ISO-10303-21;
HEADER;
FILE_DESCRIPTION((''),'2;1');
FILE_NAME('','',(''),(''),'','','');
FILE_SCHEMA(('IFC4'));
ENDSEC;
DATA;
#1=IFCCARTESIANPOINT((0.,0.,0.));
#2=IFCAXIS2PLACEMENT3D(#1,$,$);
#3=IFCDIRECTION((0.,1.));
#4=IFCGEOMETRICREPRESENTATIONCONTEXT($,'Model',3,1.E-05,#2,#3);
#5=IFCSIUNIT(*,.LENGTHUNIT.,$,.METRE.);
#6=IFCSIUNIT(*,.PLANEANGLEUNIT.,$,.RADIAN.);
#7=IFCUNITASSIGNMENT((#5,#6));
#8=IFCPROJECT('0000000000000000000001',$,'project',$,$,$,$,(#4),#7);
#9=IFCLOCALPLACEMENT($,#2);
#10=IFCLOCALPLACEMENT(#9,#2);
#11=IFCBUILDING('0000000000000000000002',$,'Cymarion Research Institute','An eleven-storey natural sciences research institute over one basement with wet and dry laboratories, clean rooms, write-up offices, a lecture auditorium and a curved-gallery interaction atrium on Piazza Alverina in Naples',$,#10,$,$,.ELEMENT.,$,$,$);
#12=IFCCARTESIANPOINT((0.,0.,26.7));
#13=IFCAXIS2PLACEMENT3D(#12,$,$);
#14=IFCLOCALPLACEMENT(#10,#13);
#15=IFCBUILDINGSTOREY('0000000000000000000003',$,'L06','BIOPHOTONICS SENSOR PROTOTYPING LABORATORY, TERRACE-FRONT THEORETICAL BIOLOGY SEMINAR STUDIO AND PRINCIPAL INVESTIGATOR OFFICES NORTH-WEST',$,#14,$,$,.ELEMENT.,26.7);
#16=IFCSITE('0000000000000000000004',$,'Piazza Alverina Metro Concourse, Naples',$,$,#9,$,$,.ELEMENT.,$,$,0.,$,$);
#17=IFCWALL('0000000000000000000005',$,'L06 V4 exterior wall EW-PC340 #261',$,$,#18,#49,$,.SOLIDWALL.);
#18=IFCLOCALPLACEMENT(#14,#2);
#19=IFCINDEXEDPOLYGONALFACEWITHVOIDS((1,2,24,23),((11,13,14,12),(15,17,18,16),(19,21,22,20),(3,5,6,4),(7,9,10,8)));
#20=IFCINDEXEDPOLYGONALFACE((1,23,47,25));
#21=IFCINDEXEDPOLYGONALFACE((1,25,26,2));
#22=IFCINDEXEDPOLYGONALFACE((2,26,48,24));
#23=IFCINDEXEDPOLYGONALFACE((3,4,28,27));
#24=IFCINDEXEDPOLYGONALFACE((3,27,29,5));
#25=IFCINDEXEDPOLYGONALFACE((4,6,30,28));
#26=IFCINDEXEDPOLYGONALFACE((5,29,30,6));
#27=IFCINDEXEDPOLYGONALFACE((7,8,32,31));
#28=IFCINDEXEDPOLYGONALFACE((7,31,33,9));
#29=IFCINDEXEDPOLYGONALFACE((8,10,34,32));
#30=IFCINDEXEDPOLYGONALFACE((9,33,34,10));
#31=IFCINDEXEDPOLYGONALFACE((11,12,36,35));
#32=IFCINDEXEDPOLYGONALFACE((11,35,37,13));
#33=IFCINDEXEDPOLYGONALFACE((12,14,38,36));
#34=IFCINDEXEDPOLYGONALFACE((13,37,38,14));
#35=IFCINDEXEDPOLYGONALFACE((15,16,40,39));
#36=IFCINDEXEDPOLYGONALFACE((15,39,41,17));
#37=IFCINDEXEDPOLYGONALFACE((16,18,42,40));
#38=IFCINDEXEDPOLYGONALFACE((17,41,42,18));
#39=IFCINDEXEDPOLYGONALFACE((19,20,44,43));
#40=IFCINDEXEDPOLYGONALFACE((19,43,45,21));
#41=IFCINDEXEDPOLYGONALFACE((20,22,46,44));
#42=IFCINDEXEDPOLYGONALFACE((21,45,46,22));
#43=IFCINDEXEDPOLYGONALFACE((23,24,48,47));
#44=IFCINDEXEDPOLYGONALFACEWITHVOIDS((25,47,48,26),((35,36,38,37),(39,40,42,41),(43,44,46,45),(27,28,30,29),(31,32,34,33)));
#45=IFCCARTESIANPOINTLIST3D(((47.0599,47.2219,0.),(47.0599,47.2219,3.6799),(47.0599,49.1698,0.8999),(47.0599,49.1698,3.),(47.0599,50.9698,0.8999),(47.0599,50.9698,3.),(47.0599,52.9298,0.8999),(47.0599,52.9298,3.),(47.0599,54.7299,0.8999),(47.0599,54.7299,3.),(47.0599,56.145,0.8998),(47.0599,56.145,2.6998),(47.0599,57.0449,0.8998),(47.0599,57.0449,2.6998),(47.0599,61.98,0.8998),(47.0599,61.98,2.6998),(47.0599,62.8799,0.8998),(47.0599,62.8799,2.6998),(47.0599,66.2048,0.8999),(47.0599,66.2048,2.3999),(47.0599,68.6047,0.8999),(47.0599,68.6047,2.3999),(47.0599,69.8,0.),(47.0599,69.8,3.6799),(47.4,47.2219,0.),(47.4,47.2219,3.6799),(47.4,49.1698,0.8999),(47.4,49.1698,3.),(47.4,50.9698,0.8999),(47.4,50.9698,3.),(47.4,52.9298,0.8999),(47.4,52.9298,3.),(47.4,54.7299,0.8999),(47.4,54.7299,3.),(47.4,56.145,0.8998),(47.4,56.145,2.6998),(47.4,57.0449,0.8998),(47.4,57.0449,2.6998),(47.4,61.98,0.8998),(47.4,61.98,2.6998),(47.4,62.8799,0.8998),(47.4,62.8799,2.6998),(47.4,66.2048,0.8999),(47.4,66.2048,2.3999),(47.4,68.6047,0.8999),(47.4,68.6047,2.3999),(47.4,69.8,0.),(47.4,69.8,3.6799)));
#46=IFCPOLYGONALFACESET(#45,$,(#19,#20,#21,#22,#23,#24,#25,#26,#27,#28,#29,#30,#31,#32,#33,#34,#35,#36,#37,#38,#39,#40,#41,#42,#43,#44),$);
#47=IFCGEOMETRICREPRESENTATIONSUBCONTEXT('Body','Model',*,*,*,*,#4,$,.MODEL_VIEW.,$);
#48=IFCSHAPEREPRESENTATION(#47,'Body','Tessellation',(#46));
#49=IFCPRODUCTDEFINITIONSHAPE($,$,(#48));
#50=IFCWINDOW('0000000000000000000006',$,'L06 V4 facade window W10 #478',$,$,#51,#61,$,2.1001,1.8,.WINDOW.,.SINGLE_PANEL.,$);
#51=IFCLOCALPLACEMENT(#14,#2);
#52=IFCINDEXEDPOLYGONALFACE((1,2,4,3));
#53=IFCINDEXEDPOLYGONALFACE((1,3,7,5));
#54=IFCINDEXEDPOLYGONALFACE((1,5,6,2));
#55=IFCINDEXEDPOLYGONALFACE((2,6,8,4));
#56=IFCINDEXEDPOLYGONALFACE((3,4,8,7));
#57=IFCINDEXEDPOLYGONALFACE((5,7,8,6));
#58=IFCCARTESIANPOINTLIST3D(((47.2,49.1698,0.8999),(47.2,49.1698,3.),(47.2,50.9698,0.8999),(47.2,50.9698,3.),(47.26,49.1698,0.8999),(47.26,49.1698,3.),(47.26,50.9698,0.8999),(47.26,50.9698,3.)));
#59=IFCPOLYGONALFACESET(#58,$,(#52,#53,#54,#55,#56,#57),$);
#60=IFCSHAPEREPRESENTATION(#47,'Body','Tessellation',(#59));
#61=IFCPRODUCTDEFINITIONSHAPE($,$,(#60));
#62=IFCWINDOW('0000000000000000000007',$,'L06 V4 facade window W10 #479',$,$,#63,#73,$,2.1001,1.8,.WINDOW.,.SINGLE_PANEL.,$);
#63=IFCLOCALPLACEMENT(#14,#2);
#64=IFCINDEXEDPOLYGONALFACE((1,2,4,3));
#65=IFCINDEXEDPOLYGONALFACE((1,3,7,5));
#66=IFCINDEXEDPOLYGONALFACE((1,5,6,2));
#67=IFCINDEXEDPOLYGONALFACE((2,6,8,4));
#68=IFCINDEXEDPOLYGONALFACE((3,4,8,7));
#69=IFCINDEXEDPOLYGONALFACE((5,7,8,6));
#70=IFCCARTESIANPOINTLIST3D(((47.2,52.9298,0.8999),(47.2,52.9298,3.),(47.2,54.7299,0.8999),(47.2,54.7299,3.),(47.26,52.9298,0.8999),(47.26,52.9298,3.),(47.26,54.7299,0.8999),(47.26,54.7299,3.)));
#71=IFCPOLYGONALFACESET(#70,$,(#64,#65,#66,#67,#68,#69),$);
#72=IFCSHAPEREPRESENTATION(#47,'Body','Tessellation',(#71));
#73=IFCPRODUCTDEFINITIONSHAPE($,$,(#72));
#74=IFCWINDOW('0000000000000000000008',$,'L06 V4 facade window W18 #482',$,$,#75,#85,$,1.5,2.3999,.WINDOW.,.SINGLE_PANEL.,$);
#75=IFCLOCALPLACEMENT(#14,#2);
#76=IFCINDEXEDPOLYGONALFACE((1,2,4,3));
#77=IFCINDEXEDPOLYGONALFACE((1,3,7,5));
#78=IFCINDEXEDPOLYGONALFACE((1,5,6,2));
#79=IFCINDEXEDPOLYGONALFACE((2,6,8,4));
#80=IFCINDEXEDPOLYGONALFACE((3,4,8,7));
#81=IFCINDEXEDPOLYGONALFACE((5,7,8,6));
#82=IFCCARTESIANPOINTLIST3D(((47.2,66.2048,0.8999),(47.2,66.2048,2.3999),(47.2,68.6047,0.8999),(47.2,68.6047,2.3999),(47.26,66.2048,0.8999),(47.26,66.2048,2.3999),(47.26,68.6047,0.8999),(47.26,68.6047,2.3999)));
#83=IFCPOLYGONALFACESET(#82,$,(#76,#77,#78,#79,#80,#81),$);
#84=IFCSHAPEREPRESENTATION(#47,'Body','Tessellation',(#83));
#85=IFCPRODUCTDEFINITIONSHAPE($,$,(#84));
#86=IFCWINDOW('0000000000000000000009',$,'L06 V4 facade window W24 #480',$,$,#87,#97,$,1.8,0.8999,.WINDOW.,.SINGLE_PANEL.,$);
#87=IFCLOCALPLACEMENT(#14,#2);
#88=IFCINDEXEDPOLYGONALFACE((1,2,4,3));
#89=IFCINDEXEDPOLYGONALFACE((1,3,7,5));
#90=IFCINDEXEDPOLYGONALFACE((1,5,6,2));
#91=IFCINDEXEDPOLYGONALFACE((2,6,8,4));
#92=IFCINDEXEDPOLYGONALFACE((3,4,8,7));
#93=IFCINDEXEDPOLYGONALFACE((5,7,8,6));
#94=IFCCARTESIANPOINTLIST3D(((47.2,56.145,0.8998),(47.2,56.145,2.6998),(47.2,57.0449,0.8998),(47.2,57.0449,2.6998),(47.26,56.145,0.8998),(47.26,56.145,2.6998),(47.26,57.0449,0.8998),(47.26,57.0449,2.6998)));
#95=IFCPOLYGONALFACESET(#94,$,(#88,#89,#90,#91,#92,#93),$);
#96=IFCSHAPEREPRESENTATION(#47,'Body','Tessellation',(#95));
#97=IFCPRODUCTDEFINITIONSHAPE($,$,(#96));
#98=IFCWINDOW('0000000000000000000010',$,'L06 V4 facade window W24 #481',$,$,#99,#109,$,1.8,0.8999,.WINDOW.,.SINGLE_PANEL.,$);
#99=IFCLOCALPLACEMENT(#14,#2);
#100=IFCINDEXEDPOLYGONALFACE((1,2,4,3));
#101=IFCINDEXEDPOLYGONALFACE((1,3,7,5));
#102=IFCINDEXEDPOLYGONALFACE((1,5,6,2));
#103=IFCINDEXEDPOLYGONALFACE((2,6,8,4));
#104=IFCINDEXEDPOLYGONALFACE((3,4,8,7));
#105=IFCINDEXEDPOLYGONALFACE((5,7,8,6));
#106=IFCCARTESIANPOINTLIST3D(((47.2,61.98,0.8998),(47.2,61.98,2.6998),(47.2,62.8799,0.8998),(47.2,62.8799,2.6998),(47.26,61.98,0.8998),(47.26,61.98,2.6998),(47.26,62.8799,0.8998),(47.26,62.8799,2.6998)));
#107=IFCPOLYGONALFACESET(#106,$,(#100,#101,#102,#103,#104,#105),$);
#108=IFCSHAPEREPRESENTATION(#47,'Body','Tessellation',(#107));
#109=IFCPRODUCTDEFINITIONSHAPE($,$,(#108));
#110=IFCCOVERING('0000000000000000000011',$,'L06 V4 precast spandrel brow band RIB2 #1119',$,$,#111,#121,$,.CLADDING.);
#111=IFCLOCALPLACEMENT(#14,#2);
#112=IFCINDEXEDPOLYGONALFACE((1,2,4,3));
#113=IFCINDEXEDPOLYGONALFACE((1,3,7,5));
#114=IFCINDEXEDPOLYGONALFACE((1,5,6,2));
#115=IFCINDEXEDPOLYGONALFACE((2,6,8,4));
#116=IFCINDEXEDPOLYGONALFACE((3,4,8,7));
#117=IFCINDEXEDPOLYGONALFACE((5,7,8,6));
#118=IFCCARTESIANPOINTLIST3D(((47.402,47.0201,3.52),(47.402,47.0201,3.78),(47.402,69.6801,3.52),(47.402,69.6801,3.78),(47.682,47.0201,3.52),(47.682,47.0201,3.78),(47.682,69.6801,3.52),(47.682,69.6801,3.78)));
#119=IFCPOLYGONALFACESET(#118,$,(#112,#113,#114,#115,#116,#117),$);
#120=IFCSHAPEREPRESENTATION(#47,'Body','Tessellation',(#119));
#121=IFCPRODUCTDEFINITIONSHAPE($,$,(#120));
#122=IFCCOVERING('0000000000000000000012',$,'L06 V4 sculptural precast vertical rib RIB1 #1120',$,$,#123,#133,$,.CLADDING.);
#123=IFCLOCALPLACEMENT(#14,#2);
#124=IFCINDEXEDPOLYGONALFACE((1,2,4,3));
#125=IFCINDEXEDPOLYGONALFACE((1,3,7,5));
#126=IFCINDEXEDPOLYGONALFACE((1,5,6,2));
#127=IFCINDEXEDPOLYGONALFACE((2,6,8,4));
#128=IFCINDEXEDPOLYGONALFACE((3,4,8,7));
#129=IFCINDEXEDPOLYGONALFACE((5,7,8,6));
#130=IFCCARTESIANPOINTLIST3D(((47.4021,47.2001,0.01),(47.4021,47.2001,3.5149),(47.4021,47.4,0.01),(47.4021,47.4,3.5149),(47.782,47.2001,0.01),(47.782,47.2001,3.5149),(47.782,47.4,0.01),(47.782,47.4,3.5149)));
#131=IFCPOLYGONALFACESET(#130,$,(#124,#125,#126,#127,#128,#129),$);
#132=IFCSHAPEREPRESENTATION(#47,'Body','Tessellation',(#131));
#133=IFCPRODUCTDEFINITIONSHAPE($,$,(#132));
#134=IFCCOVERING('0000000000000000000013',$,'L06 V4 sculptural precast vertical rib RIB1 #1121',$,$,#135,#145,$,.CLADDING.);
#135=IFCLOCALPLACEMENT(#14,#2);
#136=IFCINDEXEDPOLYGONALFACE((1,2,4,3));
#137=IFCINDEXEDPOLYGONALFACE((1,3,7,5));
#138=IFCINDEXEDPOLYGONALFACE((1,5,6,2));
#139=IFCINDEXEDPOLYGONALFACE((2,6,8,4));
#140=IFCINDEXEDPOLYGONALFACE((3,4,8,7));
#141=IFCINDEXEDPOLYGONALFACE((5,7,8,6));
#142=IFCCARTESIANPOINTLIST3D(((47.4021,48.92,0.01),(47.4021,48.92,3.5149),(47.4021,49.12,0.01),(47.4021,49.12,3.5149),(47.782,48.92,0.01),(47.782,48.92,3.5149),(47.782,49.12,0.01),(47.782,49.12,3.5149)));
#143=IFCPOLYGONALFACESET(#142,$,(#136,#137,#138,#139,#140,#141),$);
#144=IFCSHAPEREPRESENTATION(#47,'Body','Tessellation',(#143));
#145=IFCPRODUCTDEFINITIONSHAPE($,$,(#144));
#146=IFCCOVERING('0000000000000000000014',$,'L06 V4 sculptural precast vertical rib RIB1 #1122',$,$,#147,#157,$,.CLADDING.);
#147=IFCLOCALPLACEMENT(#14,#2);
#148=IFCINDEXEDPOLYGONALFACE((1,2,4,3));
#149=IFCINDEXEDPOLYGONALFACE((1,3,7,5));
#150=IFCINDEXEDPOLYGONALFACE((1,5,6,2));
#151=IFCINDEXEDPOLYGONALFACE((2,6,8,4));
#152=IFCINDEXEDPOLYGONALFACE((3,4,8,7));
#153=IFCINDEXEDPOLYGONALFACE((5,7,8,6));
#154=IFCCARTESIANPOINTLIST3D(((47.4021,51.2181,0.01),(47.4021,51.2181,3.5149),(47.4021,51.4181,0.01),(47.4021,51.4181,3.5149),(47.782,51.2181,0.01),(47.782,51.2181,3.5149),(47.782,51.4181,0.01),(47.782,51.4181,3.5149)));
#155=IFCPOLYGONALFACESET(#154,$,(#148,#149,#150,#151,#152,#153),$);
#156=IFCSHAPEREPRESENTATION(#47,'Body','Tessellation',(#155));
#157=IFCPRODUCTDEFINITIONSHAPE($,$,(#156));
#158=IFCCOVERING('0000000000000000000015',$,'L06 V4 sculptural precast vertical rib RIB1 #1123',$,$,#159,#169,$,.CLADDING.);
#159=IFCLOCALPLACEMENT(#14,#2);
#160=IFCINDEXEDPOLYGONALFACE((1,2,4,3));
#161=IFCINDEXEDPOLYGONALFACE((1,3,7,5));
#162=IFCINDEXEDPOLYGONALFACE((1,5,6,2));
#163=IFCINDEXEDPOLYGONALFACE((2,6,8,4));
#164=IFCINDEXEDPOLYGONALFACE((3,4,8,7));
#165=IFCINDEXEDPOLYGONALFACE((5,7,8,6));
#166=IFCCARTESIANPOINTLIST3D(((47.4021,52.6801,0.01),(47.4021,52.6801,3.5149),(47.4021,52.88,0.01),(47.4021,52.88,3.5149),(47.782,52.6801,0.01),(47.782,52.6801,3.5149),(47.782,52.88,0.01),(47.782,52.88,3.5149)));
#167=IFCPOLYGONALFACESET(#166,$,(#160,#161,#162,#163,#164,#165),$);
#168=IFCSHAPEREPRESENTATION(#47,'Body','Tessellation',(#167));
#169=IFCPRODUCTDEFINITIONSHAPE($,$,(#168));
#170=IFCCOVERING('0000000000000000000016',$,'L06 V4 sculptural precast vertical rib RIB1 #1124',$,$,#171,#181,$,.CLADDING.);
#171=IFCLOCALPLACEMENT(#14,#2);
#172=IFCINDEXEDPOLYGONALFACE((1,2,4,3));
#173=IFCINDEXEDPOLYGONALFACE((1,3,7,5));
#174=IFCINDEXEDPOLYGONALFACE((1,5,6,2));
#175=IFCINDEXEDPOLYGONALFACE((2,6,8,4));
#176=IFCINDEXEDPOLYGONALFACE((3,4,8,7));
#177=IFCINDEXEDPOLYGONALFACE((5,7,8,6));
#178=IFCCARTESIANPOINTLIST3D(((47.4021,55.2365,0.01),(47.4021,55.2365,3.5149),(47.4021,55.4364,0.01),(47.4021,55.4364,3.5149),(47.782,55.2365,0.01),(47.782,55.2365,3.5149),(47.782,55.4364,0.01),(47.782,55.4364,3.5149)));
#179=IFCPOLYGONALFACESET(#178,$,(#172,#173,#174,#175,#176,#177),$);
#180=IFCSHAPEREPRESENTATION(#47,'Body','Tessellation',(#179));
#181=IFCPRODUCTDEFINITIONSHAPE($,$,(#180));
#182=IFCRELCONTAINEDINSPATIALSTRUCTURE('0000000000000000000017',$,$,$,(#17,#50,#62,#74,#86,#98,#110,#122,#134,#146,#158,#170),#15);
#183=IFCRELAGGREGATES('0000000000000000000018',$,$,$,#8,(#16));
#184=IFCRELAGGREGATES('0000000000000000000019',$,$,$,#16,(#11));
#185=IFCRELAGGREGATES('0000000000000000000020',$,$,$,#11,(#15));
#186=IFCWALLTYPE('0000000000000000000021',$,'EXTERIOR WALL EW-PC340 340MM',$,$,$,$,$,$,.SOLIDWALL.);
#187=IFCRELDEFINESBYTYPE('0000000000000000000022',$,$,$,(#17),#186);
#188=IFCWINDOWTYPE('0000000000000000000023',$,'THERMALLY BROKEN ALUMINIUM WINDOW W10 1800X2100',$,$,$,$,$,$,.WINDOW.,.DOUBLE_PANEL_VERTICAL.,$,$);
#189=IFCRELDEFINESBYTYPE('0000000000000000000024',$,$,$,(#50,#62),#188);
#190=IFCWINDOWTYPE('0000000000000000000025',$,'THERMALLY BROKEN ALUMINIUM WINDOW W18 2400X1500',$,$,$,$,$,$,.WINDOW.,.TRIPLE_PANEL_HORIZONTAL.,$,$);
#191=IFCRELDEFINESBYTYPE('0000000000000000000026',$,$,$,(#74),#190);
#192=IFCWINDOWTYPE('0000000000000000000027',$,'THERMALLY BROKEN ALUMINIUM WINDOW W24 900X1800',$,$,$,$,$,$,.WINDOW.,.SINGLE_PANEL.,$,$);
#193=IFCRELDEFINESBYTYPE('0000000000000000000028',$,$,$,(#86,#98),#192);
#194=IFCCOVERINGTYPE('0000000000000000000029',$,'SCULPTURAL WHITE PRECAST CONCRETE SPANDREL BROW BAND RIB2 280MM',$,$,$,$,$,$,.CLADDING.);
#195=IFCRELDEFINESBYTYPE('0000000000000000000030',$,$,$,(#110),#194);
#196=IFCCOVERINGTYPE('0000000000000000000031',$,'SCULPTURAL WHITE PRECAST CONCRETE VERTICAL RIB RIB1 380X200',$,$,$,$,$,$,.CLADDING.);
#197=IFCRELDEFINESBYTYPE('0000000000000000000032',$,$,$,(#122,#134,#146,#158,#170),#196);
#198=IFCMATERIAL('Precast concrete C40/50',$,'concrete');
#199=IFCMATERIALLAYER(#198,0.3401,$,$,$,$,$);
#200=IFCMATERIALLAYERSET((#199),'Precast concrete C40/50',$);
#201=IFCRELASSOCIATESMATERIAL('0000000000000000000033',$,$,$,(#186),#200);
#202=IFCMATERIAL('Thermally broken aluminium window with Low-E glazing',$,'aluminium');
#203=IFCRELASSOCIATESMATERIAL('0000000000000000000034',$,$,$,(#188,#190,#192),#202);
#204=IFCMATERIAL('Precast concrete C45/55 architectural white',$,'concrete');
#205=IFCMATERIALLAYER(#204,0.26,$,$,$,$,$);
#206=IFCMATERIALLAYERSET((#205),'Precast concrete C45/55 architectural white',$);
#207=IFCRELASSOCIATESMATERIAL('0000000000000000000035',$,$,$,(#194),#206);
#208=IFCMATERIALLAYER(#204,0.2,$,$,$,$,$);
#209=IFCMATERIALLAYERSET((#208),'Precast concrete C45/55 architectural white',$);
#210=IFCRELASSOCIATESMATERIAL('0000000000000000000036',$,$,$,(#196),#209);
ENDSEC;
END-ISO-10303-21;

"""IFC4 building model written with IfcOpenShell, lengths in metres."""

from ifc_helpers import new_model, si_unit, direction, frame, frame_2d, origin, origin_2d, place, context, subcontext, project, spatial, rectangle, extrude, material, layer, layer_set, type_object, element, fill, save


model = new_model("IFC4")

# Units and contexts
model_context = context("Model", 3, precision=1e-05, world=origin(), true_north=direction((0.0, 1.0)))
body_context = subcontext(model_context, "Body", "Model", "MODEL_VIEW")
ifc_project = project(units=[si_unit("LENGTHUNIT", "METRE"), si_unit("PLANEANGLEUNIT", "RADIAN")], contexts=[model_context])

# Site, building, storey
site_placement = place(None, origin())
site = spatial("IfcSite", under=ifc_project, at=site_placement, Name="Piazza Alverina Metro Concourse, Naples", CompositionType="ELEMENT", RefElevation=0.0)
building_placement = place(site_placement, origin())
building = spatial("IfcBuilding", under=site, at=building_placement, Name="Cymarion Research Institute", Description="An eleven-storey natural sciences research institute over one basement with wet and dry laboratories, clean rooms, write-up offices, a lecture auditorium and a curved-gallery interaction atrium on Piazza Alverina in Naples", CompositionType="ELEMENT")
storey_placement = place(building_placement, frame((0.0, 0.0, 26.7)))
storey = spatial("IfcBuildingStorey", under=building, at=storey_placement, Name="L06", Description="BIOPHOTONICS SENSOR PROTOTYPING LABORATORY, TERRACE-FRONT THEORETICAL BIOLOGY SEMINAR STUDIO AND PRINCIPAL INVESTIGATOR OFFICES NORTH-WEST", CompositionType="ELEMENT", Elevation=26.7)

# Wall, openings, windows
ifc_material_1 = material(Name="Precast concrete C40/50", Category="concrete")
ifc_layer_1 = layer(ifc_material_1, 0.3401)
ifc_layer_set_1 = layer_set([ifc_layer_1], Name="Precast concrete C40/50")
wall_type = type_object("IfcWallType", Name="EXTERIOR WALL EW-PC340 340MM", PredefinedType="SOLIDWALL", material=ifc_layer_set_1)
wall_placement = place(storey_placement, frame((47.23, 47.2219, 0.0), z_axis=(0.0, 0.0, 1.0), x_axis=(0.0, 1.0, 0.0)))
wall = element("IfcWall", 1, at=wall_placement, inside=storey, type_object=wall_type, Name="L06 V4 exterior wall EW-PC340 #261", PredefinedType="SOLIDWALL", context=body_context, shape_type="SweptSolid", body=[
    extrude(rectangle(XDim=22.5781, YDim=0.3401, at=frame_2d((11.2891, 0.0))), origin(), (0.0, 0.0, 1.0), 3.6799),
])
opening_1_placement = place(wall_placement, frame((1.948, 0.0, 0.8999)))
opening_1 = element("IfcOpeningElement", 2, at=opening_1_placement, cuts=wall, PredefinedType="OPENING", context=body_context, shape_type="SweptSolid", body=[
    extrude(rectangle(XDim=1.8, YDim=2.1001, at=frame_2d((0.8999, 1.05))), frame((0.0, 0.1799, 0.0), z_axis=(0.0, -1.0, 0.0), x_axis=(1.0, 0.0, 0.0)), (0.0, 0.0, 1.0), 0.3601),
])
opening_2_placement = place(wall_placement, frame((5.708, 0.0, 0.8999)))
opening_2 = element("IfcOpeningElement", 3, at=opening_2_placement, cuts=wall, PredefinedType="OPENING", context=body_context, shape_type="SweptSolid", body=[
    extrude(rectangle(XDim=1.8, YDim=2.1001, at=frame_2d((0.8999, 1.05))), frame((0.0, 0.1799, 0.0), z_axis=(0.0, -1.0, 0.0), x_axis=(1.0, 0.0, 0.0)), (0.0, 0.0, 1.0), 0.3601),
])
opening_3_placement = place(wall_placement, frame((8.9231, 0.0, 0.8999)))
opening_3 = element("IfcOpeningElement", 4, at=opening_3_placement, cuts=wall, PredefinedType="OPENING", context=body_context, shape_type="SweptSolid", body=[
    extrude(rectangle(XDim=0.8999, YDim=1.8, at=frame_2d((0.45, 0.8999))), frame((0.0, 0.1799, 0.0), z_axis=(0.0, -1.0, 0.0), x_axis=(1.0, 0.0, 0.0)), (0.0, 0.0, 1.0), 0.3601),
])
opening_4_placement = place(wall_placement, frame((14.7581, 0.0, 0.8999)))
opening_4 = element("IfcOpeningElement", 5, at=opening_4_placement, cuts=wall, PredefinedType="OPENING", context=body_context, shape_type="SweptSolid", body=[
    extrude(rectangle(XDim=0.8999, YDim=1.8, at=frame_2d((0.45, 0.8999))), frame((0.0, 0.1799, 0.0), z_axis=(0.0, -1.0, 0.0), x_axis=(1.0, 0.0, 0.0)), (0.0, 0.0, 1.0), 0.3601),
])
opening_5_placement = place(wall_placement, frame((18.9829, 0.0, 0.8999)))
opening_5 = element("IfcOpeningElement", 6, at=opening_5_placement, cuts=wall, PredefinedType="OPENING", context=body_context, shape_type="SweptSolid", body=[
    extrude(rectangle(XDim=2.3999, YDim=1.5, at=frame_2d((1.2, 0.75))), frame((0.0, 0.1799, 0.0), z_axis=(0.0, -1.0, 0.0), x_axis=(1.0, 0.0, 0.0)), (0.0, 0.0, 1.0), 0.3601),
])
ifc_material_2 = material(Name="Thermally broken aluminium window with Low-E glazing", Category="aluminium")
window_type_1 = type_object("IfcWindowType", Name="THERMALLY BROKEN ALUMINIUM WINDOW W10 1800X2100", PartitioningType="DOUBLE_PANEL_VERTICAL", PredefinedType="WINDOW", material=ifc_material_2)
window_1_placement = place(opening_1_placement, origin())
window_1 = element("IfcWindow", 7, at=window_1_placement, inside=storey, type_object=window_type_1, Name="L06 V4 facade window W10 #478", OverallHeight=2.1001, OverallWidth=1.8, PartitioningType="SINGLE_PANEL", PredefinedType="WINDOW", context=body_context, shape_type="SweptSolid", body=[
    extrude(rectangle(XDim=1.8, YDim=2.1001, at=frame_2d((0.8999, 1.05))), frame((0.0, 0.03, 0.0), z_axis=(0.0, -1.0, 0.0), x_axis=(1.0, 0.0, 0.0)), (0.0, 0.0, 1.0), 0.0601),
])
fill(opening_1, window_1)
window_2_placement = place(opening_2_placement, origin())
window_2 = element("IfcWindow", 8, at=window_2_placement, inside=storey, type_object=window_type_1, Name="L06 V4 facade window W10 #479", OverallHeight=2.1001, OverallWidth=1.8, PartitioningType="SINGLE_PANEL", PredefinedType="WINDOW", context=body_context, shape_type="SweptSolid", body=[
    extrude(rectangle(XDim=1.8, YDim=2.1001, at=frame_2d((0.8999, 1.05))), frame((0.0, 0.03, 0.0), z_axis=(0.0, -1.0, 0.0), x_axis=(1.0, 0.0, 0.0)), (0.0, 0.0, 1.0), 0.0601),
])
fill(opening_2, window_2)
window_type_2 = type_object("IfcWindowType", Name="THERMALLY BROKEN ALUMINIUM WINDOW W18 2400X1500", PartitioningType="TRIPLE_PANEL_HORIZONTAL", PredefinedType="WINDOW", material=ifc_material_2)
window_3_placement = place(opening_5_placement, origin())
window_3 = element("IfcWindow", 9, at=window_3_placement, inside=storey, type_object=window_type_2, Name="L06 V4 facade window W18 #482", OverallHeight=1.5, OverallWidth=2.3999, PartitioningType="SINGLE_PANEL", PredefinedType="WINDOW", context=body_context, shape_type="SweptSolid", body=[
    extrude(rectangle(XDim=2.3999, YDim=1.5, at=frame_2d((1.2, 0.75))), frame((0.0, 0.03, 0.0), z_axis=(0.0, -1.0, 0.0), x_axis=(1.0, 0.0, 0.0)), (0.0, 0.0, 1.0), 0.0601),
])
fill(opening_5, window_3)
window_type_3 = type_object("IfcWindowType", Name="THERMALLY BROKEN ALUMINIUM WINDOW W24 900X1800", PartitioningType="SINGLE_PANEL", PredefinedType="WINDOW", material=ifc_material_2)
window_4_placement = place(opening_3_placement, origin())
window_4 = element("IfcWindow", 10, at=window_4_placement, inside=storey, type_object=window_type_3, Name="L06 V4 facade window W24 #480", OverallHeight=1.8, OverallWidth=0.8999, PartitioningType="SINGLE_PANEL", PredefinedType="WINDOW", context=body_context, shape_type="SweptSolid", body=[
    extrude(rectangle(XDim=0.8999, YDim=1.8, at=frame_2d((0.45, 0.8999))), frame((0.0, 0.03, 0.0), z_axis=(0.0, -1.0, 0.0), x_axis=(1.0, 0.0, 0.0)), (0.0, 0.0, 1.0), 0.0601),
])
fill(opening_3, window_4)
window_5_placement = place(opening_4_placement, origin())
window_5 = element("IfcWindow", 11, at=window_5_placement, inside=storey, type_object=window_type_3, Name="L06 V4 facade window W24 #481", OverallHeight=1.8, OverallWidth=0.8999, PartitioningType="SINGLE_PANEL", PredefinedType="WINDOW", context=body_context, shape_type="SweptSolid", body=[
    extrude(rectangle(XDim=0.8999, YDim=1.8, at=frame_2d((0.45, 0.8999))), frame((0.0, 0.03, 0.0), z_axis=(0.0, -1.0, 0.0), x_axis=(1.0, 0.0, 0.0)), (0.0, 0.0, 1.0), 0.0601),
])
fill(opening_4, window_5)

# Coverings
ifc_material_3 = material(Name="Precast concrete C45/55 architectural white", Category="concrete")
ifc_layer_2 = layer(ifc_material_3, 0.26)
ifc_layer_set_2 = layer_set([ifc_layer_2], Name="Precast concrete C45/55 architectural white")
covering_type_1 = type_object("IfcCoveringType", Name="SCULPTURAL WHITE PRECAST CONCRETE SPANDREL BROW BAND RIB2 280MM", PredefinedType="CLADDING", material=ifc_layer_set_2)
covering_placement = place(storey_placement, frame((47.542, 58.3501, 3.52), z_axis=(0.0, 0.0, 1.0), x_axis=(1.0, 0.0, 0.0)))
element("IfcCovering", 12, at=covering_placement, inside=storey, type_object=covering_type_1, Name="L06 V4 precast spandrel brow band RIB2 #1119", PredefinedType="CLADDING", context=body_context, shape_type="SweptSolid", body=[
    extrude(rectangle(XDim=0.28, YDim=22.6599, at=origin_2d()), origin(), (0.0, 0.0, 1.0), 0.26),
])
ifc_layer_3 = layer(ifc_material_3, 0.2)
ifc_layer_set_3 = layer_set([ifc_layer_3], Name="Precast concrete C45/55 architectural white")
covering_type_2 = type_object("IfcCoveringType", Name="SCULPTURAL WHITE PRECAST CONCRETE VERTICAL RIB RIB1 380X200", PredefinedType="CLADDING", material=ifc_layer_set_3)
for number, where, z_axis, x_axis, name in (
    (13, (47.592, 47.3, 0.01), (0.0, 0.0, 1.0), (1.0, 0.0, 0.0), "L06 V4 sculptural precast vertical rib RIB1 #1120"),
    (14, (47.592, 49.02, 0.01), (0.0, 0.0, 1.0), (1.0, 0.0, 0.0), "L06 V4 sculptural precast vertical rib RIB1 #1121"),
    (15, (47.592, 51.3181, 0.01), (0.0, 0.0, 1.0), (1.0, 0.0, 0.0), "L06 V4 sculptural precast vertical rib RIB1 #1122"),
    (16, (47.592, 52.78, 0.01), (0.0, 0.0, 1.0), (1.0, 0.0, 0.0), "L06 V4 sculptural precast vertical rib RIB1 #1123"),
    (17, (47.592, 55.3364, 0.01), (0.0, 0.0, 1.0), (1.0, 0.0, 0.0), "L06 V4 sculptural precast vertical rib RIB1 #1124"),
):
    element("IfcCovering", number, at=place(storey_placement, frame(where, z_axis=z_axis, x_axis=x_axis)), inside=storey, type_object=covering_type_2, Name=name, PredefinedType="CLADDING", context=body_context, shape_type="SweptSolid", body=[
        extrude(rectangle(XDim=0.3799, YDim=0.2, at=origin_2d()), origin(), (0.0, 0.0, 1.0), 3.5049),
    ])

save(model, "model.ifc")
